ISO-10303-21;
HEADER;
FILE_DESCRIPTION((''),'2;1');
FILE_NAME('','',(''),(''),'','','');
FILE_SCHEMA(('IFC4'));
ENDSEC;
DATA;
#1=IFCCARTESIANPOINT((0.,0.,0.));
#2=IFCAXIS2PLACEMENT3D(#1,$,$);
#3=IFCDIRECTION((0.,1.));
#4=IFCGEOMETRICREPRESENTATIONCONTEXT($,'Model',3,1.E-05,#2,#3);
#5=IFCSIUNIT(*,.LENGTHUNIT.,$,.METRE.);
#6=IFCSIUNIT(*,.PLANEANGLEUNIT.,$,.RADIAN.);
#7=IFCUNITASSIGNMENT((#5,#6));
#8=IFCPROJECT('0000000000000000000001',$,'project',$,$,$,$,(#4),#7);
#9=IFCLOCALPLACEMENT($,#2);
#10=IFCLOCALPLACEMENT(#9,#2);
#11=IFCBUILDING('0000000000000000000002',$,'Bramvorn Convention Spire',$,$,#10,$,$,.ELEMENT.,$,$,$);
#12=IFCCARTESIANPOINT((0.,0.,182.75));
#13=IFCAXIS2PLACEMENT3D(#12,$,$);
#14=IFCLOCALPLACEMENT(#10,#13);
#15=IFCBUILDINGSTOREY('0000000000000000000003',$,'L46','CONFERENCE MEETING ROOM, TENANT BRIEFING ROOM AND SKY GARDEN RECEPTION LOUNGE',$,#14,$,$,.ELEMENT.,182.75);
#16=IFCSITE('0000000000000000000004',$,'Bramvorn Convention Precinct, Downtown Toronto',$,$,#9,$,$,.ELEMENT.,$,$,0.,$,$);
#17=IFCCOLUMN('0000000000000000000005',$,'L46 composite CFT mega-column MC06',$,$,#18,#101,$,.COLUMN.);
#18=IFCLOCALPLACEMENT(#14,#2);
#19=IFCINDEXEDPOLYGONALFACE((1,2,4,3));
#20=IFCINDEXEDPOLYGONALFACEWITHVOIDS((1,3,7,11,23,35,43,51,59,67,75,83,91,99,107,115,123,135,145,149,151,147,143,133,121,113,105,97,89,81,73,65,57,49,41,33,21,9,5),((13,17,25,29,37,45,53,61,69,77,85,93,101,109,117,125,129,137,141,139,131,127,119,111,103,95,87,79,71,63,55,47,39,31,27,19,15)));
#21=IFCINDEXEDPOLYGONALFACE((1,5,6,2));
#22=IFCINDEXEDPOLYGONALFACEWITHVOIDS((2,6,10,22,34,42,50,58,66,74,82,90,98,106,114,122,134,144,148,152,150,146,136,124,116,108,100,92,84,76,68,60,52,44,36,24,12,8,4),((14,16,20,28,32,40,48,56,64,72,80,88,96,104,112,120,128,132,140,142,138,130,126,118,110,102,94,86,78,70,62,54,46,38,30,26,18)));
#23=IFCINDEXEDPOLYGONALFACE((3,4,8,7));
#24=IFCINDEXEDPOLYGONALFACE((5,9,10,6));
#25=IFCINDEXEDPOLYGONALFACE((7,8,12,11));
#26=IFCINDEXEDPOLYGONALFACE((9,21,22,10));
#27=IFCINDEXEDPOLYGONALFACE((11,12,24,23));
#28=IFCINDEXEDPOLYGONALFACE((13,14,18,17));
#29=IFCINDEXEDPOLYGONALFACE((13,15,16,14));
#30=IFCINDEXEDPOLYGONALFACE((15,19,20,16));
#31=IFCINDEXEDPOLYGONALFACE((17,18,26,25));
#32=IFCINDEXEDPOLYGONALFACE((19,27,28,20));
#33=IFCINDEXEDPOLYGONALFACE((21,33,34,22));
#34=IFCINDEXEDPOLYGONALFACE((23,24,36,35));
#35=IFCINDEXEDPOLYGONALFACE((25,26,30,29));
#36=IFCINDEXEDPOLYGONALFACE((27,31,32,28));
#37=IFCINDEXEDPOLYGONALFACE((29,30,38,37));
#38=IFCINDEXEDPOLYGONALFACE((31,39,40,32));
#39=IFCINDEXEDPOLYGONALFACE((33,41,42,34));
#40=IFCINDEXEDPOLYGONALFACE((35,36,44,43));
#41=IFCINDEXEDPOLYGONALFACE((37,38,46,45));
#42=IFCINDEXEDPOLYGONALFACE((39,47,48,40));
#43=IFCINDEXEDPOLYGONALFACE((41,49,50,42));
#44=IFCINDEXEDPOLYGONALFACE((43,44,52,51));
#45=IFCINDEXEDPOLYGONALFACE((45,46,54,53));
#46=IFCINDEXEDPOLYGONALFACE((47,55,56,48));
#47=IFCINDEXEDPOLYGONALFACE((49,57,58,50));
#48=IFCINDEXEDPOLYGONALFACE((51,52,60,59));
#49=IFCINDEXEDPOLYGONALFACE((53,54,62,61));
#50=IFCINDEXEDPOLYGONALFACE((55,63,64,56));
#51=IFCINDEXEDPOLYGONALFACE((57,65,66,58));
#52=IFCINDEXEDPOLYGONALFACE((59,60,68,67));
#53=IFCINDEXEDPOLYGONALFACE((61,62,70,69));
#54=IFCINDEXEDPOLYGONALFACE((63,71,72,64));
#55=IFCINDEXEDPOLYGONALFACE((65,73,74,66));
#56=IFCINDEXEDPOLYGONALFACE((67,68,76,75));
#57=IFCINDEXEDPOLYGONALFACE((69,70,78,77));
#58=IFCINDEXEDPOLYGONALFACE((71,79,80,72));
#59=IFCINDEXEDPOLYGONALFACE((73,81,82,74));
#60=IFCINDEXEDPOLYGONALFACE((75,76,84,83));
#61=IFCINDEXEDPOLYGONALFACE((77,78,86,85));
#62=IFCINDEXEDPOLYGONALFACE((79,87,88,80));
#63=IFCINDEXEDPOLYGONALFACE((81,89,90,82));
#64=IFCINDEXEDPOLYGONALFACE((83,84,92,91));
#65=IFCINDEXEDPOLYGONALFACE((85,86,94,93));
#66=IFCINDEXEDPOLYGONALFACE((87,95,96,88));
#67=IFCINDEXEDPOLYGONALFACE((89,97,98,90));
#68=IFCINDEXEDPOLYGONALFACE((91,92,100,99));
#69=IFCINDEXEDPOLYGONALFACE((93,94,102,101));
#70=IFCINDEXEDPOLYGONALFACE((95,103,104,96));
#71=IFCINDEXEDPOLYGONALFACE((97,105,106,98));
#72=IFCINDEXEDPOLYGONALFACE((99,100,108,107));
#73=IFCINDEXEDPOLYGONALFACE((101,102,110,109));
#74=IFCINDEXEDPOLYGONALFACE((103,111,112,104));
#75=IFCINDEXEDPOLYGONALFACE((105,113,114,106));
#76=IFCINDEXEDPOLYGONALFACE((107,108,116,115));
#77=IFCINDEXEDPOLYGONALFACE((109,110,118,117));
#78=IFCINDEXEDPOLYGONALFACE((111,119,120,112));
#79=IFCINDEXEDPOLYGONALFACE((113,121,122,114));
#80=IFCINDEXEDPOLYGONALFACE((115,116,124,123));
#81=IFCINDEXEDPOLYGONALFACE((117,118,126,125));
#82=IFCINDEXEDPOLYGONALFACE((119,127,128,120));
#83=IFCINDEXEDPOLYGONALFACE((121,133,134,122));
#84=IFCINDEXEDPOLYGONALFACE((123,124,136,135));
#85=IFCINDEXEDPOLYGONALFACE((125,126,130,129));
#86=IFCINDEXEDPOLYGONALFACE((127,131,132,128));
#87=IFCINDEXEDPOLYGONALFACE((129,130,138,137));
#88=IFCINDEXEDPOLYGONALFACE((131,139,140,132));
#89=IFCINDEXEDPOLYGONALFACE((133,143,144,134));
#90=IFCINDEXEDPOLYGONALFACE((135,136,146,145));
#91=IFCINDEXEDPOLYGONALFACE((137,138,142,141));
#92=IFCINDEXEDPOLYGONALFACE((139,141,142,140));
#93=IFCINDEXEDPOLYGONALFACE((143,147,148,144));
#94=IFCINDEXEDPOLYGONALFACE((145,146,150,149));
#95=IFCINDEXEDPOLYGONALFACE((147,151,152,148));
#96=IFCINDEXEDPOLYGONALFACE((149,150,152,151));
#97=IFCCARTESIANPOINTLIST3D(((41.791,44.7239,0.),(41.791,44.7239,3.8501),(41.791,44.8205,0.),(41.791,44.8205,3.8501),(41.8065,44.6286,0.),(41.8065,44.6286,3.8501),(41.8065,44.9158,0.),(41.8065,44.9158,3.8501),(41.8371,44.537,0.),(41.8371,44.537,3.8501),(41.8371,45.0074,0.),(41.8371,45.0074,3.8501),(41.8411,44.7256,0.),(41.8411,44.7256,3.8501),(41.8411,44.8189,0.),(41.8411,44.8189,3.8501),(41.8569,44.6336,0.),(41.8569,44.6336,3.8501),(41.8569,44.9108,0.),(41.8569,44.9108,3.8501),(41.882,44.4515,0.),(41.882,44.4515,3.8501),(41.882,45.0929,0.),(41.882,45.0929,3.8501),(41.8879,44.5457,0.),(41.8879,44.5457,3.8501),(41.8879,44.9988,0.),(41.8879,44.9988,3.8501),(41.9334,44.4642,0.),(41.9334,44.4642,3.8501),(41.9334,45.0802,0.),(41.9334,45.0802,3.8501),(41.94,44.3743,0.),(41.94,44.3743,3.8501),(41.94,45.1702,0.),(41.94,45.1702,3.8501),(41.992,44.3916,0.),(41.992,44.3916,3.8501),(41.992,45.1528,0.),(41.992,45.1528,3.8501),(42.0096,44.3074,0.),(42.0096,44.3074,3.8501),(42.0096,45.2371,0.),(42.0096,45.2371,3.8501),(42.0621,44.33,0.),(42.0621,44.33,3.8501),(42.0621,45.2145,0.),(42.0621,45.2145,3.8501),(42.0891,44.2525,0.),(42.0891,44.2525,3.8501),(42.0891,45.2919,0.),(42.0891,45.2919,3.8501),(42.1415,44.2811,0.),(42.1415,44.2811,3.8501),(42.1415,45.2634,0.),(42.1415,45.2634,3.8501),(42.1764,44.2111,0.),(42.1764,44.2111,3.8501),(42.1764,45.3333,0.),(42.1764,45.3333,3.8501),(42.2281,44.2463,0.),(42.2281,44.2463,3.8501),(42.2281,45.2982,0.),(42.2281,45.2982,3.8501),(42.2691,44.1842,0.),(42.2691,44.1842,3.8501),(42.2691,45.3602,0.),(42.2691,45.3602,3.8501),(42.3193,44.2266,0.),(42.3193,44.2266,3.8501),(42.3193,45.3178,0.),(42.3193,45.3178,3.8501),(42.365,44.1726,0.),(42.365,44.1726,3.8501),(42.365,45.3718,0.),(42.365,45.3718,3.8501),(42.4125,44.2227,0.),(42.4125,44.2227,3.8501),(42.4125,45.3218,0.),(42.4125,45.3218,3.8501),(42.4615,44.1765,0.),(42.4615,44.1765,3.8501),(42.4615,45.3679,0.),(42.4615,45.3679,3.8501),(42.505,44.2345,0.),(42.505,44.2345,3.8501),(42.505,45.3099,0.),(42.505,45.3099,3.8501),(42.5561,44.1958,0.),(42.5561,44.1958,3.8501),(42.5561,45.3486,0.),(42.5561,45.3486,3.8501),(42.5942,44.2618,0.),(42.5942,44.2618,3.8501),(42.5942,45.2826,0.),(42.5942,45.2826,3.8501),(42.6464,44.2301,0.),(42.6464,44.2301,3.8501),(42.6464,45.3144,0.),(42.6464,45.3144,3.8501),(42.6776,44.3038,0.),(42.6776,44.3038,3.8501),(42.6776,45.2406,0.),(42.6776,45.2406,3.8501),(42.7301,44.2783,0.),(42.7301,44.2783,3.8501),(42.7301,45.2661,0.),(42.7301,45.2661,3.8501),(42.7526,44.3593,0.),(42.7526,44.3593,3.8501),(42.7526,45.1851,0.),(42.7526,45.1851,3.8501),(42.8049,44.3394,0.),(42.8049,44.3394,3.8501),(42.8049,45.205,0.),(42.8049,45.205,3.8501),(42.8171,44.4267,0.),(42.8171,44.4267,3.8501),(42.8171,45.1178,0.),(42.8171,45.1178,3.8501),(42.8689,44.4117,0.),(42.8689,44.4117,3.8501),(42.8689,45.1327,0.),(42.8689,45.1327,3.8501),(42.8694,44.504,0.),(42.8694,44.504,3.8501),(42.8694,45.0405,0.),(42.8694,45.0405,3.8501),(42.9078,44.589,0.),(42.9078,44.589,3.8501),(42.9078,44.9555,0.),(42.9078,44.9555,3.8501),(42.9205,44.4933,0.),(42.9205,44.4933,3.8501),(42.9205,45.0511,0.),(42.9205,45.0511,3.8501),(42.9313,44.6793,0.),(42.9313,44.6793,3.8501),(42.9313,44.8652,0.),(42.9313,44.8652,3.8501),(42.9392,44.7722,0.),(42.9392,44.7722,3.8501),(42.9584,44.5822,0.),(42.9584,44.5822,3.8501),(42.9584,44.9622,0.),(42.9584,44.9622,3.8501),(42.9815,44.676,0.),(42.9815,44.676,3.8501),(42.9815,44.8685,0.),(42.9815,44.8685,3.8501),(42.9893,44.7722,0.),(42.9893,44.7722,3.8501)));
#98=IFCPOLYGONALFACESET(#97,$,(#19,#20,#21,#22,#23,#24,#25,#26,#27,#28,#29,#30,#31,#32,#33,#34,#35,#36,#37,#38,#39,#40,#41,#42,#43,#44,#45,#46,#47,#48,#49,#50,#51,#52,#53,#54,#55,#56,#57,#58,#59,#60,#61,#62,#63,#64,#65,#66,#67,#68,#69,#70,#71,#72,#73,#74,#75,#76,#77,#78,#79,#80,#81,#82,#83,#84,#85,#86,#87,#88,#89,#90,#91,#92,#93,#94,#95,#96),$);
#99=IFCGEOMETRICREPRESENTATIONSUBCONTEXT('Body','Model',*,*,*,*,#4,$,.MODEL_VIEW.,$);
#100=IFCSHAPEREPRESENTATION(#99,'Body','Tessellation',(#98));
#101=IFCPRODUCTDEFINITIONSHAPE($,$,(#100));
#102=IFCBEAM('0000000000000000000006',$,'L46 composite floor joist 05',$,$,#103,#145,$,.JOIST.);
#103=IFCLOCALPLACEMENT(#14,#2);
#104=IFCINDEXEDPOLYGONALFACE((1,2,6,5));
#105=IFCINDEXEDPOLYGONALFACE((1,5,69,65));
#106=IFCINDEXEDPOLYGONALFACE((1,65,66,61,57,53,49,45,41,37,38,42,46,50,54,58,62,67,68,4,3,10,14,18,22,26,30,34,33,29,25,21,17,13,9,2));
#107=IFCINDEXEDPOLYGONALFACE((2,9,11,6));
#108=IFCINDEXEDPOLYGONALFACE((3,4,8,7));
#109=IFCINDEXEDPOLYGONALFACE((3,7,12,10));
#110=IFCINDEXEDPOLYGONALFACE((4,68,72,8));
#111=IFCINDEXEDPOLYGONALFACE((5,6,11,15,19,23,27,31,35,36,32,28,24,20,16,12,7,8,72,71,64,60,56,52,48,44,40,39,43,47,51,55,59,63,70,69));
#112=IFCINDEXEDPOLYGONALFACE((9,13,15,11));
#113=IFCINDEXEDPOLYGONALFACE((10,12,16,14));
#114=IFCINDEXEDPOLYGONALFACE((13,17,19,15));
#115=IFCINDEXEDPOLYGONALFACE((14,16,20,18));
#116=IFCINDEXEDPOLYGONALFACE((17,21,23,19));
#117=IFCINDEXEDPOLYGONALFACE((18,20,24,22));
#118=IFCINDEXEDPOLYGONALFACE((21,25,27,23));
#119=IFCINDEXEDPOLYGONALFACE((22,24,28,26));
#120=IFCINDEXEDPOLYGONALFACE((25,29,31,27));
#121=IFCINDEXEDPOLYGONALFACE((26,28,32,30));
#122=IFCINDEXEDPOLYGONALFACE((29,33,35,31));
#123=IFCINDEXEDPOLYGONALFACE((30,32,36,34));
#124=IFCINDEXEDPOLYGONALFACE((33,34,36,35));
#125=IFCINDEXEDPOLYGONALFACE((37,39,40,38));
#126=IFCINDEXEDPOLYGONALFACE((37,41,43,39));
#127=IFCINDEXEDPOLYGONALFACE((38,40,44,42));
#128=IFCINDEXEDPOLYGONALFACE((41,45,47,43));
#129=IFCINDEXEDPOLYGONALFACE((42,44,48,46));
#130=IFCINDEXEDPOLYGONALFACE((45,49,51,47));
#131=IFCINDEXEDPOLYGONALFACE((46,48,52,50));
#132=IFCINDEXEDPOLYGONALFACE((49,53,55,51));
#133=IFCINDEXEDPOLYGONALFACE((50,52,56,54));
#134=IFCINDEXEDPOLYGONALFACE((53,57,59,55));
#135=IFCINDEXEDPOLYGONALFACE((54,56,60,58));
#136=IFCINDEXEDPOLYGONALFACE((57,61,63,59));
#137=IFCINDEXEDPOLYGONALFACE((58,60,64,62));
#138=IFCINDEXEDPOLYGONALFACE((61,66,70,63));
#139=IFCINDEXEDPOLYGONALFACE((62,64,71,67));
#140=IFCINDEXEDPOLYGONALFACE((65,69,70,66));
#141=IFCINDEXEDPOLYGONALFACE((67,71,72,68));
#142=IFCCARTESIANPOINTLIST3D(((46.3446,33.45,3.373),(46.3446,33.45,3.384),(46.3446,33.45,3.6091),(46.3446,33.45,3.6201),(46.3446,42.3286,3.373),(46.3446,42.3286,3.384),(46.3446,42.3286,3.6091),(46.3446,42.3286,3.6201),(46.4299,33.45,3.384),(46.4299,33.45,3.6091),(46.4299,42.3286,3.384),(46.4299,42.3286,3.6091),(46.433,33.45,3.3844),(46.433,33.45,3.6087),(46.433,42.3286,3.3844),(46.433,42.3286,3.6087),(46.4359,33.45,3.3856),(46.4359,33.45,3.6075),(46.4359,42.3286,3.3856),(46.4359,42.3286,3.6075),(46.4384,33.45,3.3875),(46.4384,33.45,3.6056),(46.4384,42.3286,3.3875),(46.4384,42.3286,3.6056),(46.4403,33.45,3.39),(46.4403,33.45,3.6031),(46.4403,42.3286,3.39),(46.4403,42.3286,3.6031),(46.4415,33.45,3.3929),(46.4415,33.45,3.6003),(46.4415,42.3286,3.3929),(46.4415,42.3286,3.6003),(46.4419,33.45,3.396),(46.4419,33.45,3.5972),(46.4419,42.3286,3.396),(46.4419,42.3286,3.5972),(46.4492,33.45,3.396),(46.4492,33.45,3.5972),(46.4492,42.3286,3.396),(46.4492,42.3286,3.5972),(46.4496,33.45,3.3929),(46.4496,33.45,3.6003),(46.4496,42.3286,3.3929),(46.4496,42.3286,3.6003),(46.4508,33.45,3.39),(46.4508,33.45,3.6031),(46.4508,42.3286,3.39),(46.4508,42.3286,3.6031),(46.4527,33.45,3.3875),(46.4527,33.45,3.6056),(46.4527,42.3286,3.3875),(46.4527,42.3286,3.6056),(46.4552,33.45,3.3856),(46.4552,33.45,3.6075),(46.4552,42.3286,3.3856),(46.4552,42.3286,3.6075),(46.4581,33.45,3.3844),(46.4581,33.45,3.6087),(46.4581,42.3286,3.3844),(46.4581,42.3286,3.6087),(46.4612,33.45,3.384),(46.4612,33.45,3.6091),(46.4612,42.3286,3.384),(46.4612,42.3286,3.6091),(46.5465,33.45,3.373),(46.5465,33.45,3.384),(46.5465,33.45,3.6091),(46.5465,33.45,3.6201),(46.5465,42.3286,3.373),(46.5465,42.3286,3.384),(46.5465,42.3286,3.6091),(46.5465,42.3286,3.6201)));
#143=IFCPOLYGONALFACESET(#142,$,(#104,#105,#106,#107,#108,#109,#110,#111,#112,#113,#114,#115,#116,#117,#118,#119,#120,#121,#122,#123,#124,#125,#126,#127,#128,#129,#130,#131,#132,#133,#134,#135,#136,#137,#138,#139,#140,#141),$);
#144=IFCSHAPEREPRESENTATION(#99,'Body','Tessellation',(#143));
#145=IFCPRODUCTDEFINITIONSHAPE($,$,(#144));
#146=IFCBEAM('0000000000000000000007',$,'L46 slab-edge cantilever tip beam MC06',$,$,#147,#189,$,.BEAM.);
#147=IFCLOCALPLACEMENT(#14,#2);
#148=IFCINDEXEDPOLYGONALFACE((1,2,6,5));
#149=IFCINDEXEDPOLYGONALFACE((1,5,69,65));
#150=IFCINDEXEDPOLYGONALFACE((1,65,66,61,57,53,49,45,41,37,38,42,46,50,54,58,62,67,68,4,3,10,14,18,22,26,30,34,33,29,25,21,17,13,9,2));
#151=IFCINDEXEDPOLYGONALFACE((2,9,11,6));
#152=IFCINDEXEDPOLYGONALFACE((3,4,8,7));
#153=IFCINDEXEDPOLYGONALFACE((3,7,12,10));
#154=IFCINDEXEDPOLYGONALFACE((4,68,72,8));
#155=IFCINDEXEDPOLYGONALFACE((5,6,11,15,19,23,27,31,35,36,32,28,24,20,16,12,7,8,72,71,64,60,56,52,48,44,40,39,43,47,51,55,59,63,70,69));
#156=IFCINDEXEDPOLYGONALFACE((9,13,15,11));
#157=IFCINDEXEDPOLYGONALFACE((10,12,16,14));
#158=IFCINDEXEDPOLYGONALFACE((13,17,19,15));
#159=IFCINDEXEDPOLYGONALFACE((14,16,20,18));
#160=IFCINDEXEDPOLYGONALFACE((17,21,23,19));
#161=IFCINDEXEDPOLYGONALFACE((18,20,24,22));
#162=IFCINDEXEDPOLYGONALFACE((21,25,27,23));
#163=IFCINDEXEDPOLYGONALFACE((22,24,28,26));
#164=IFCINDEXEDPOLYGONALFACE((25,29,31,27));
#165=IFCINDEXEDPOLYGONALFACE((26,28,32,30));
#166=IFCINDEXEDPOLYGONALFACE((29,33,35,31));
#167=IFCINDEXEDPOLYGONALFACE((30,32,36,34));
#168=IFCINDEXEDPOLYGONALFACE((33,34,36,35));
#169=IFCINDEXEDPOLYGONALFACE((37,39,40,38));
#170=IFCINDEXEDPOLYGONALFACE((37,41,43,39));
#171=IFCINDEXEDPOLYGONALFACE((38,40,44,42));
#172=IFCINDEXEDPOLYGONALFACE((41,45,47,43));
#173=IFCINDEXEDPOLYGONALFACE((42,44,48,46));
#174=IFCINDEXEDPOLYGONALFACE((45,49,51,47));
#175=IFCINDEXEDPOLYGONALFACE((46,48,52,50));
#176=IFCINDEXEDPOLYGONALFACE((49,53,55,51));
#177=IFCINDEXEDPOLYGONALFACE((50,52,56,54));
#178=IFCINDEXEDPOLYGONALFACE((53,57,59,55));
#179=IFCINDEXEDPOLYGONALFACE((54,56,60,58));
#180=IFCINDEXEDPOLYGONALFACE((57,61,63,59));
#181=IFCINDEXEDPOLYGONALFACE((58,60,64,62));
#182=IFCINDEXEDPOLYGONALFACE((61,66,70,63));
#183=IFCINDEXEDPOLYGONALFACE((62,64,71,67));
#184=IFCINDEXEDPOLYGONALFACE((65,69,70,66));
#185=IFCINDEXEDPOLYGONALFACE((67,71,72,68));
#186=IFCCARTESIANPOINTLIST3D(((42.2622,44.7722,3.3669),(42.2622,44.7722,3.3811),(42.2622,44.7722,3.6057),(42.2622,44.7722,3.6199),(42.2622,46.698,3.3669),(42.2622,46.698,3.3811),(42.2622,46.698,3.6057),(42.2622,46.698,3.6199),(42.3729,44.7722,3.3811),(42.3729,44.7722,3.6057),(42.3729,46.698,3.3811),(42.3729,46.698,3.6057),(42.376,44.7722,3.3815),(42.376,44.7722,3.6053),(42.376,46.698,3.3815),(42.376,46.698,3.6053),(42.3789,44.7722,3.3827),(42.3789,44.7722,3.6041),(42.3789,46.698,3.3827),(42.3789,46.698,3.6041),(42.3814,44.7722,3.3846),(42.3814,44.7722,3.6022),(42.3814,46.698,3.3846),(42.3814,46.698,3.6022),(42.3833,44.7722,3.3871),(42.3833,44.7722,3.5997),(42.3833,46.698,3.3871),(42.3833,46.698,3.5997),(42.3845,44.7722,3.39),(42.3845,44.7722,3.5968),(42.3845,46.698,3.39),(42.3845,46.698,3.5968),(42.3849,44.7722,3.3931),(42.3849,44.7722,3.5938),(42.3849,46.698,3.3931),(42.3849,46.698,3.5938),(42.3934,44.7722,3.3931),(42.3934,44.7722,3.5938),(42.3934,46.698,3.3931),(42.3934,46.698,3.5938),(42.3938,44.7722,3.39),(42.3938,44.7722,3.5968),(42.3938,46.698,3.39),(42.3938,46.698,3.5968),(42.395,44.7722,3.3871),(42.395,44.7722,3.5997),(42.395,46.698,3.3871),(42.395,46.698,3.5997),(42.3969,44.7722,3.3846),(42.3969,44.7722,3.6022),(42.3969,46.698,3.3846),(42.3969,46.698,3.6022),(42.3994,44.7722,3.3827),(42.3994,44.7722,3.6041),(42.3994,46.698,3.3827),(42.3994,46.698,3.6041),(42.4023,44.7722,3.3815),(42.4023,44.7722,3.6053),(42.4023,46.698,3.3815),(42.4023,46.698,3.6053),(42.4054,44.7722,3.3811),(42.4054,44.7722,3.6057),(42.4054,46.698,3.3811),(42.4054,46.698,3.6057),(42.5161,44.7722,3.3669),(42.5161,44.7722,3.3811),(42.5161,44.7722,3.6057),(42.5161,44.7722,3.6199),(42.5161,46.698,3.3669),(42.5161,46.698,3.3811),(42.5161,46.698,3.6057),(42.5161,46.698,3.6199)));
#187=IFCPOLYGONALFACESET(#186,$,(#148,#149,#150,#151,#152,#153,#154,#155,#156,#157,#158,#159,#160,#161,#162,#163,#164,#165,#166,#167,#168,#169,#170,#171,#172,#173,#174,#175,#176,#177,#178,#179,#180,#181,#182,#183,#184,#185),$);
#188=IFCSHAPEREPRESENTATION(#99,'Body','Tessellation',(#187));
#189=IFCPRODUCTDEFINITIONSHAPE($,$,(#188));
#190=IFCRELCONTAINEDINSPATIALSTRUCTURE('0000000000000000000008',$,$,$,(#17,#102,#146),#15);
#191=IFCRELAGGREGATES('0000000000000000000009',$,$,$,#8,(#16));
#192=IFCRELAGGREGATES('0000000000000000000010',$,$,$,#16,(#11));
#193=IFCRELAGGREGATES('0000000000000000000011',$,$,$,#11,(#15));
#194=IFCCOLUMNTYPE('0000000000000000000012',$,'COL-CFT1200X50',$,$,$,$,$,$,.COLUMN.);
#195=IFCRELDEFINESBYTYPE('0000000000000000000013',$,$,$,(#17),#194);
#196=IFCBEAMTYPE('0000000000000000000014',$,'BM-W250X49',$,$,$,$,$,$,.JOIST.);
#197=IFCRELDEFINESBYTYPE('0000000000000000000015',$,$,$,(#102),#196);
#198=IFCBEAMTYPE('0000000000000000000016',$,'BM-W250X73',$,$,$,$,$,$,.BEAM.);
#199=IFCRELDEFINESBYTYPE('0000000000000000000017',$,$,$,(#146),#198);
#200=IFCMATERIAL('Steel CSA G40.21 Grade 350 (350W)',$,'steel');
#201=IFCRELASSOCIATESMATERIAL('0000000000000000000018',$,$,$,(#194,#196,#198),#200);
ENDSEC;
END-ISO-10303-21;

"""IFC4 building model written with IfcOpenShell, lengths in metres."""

from ifc_helpers import new_model, si_unit, direction, frame, origin, origin_2d, place, context, subcontext, project, spatial, hollow_circle, i_section, extrude, material, material_profile, profile_set, type_object, element, save


model = new_model("IFC4")

# Units and contexts
model_context = context("Model", 3, precision=1e-05, world=origin(), true_north=direction((0.0, 1.0)))
body_context = subcontext(model_context, "Body", "Model", "MODEL_VIEW")
ifc_project = project(units=[si_unit("LENGTHUNIT", "METRE"), si_unit("PLANEANGLEUNIT", "RADIAN")], contexts=[model_context])

# Site, building, storey
site_placement = place(None, origin())
site = spatial("IfcSite", under=ifc_project, at=site_placement, Name="Bramvorn Convention Precinct, Downtown Toronto", CompositionType="ELEMENT", RefElevation=0.0)
building_placement = place(site_placement, origin())
building = spatial("IfcBuilding", under=site, at=building_placement, Name="Bramvorn Convention Spire", CompositionType="ELEMENT")
storey_placement = place(building_placement, frame((0.0, 0.0, 182.75)))
storey = spatial("IfcBuildingStorey", under=building, at=storey_placement, Name="L46", Description="CONFERENCE MEETING ROOM, TENANT BRIEFING ROOM AND SKY GARDEN RECEPTION LOUNGE", CompositionType="ELEMENT", Elevation=182.75)

# Column
ifc_material_1 = material(Name="Steel CSA G40.21 Grade 350 (350W)", Category="steel")
ifc_material_profile_1 = material_profile(ifc_material_1, hollow_circle(Radius=0.6001, WallThickness=0.05, at=origin_2d()))
ifc_profile_set_1 = profile_set([ifc_material_profile_1], Name="Steel CSA G40.21 Grade 350 (350W) - CFT1200X50")
column_type = type_object("IfcColumnType", Name="COL-CFT1200X50", PredefinedType="COLUMN", material=ifc_profile_set_1)
column_placement = place(storey_placement, frame((42.3892, 44.7722, 0.0), z_axis=(0.0, 0.0, 1.0), x_axis=(1.0, 0.0, 0.0)))
element("IfcColumn", 1, at=column_placement, inside=storey, type_object=column_type, Name="L46 composite CFT mega-column MC06", PredefinedType="COLUMN", context=body_context, shape_type="SweptSolid", body=[
    extrude(hollow_circle(Radius=0.6001, WallThickness=0.05, at=origin_2d()), origin(), (0.0, 0.0, 1.0), 3.8501),
])

# Beams
ifc_material_profile_2 = material_profile(ifc_material_1, i_section(OverallWidth=0.2019, OverallDepth=0.2471, WebThickness=0.0073, FlangeThickness=0.011, FilletRadius=0.012, at=origin_2d()))
ifc_profile_set_2 = profile_set([ifc_material_profile_2], Name="Steel CSA G40.21 Grade 350 (350W) - W250X49")
beam_type_1 = type_object("IfcBeamType", Name="BM-W250X49", PredefinedType="JOIST", material=ifc_profile_set_2)
beam_1_placement = place(storey_placement, frame((46.4456, 33.45, 3.4966), z_axis=(0.0, 1.0, 0.0), x_axis=(-1.0, 0.0, 0.0)))
element("IfcBeam", 2, at=beam_1_placement, inside=storey, type_object=beam_type_1, Name="L46 composite floor joist 05", PredefinedType="JOIST", context=body_context, shape_type="SweptSolid", body=[
    extrude(i_section(OverallWidth=0.2019, OverallDepth=0.2471, WebThickness=0.0073, FlangeThickness=0.011, FilletRadius=0.012, at=origin_2d()), origin(), (0.0, 0.0, 1.0), 8.8787),
])
ifc_material_profile_3 = material_profile(ifc_material_1, i_section(OverallWidth=0.2539, OverallDepth=0.2529, WebThickness=0.0085, FlangeThickness=0.0142, FilletRadius=0.012, at=origin_2d()))
ifc_profile_set_3 = profile_set([ifc_material_profile_3], Name="Steel CSA G40.21 Grade 350 (350W) - W250X73")
beam_type_2 = type_object("IfcBeamType", Name="BM-W250X73", PredefinedType="BEAM", material=ifc_profile_set_3)
beam_2_placement = place(storey_placement, frame((42.3892, 44.7722, 3.4934), z_axis=(0.0, 1.0, 0.0), x_axis=(-1.0, 0.0, 0.0)))
element("IfcBeam", 3, at=beam_2_placement, inside=storey, type_object=beam_type_2, Name="L46 slab-edge cantilever tip beam MC06", PredefinedType="BEAM", context=body_context, shape_type="SweptSolid", body=[
    extrude(i_section(OverallWidth=0.2539, OverallDepth=0.2529, WebThickness=0.0085, FlangeThickness=0.0142, FilletRadius=0.012, at=origin_2d()), origin(), (0.0, 0.0, 1.0), 1.9258),
])

save(model, "model.ifc")
